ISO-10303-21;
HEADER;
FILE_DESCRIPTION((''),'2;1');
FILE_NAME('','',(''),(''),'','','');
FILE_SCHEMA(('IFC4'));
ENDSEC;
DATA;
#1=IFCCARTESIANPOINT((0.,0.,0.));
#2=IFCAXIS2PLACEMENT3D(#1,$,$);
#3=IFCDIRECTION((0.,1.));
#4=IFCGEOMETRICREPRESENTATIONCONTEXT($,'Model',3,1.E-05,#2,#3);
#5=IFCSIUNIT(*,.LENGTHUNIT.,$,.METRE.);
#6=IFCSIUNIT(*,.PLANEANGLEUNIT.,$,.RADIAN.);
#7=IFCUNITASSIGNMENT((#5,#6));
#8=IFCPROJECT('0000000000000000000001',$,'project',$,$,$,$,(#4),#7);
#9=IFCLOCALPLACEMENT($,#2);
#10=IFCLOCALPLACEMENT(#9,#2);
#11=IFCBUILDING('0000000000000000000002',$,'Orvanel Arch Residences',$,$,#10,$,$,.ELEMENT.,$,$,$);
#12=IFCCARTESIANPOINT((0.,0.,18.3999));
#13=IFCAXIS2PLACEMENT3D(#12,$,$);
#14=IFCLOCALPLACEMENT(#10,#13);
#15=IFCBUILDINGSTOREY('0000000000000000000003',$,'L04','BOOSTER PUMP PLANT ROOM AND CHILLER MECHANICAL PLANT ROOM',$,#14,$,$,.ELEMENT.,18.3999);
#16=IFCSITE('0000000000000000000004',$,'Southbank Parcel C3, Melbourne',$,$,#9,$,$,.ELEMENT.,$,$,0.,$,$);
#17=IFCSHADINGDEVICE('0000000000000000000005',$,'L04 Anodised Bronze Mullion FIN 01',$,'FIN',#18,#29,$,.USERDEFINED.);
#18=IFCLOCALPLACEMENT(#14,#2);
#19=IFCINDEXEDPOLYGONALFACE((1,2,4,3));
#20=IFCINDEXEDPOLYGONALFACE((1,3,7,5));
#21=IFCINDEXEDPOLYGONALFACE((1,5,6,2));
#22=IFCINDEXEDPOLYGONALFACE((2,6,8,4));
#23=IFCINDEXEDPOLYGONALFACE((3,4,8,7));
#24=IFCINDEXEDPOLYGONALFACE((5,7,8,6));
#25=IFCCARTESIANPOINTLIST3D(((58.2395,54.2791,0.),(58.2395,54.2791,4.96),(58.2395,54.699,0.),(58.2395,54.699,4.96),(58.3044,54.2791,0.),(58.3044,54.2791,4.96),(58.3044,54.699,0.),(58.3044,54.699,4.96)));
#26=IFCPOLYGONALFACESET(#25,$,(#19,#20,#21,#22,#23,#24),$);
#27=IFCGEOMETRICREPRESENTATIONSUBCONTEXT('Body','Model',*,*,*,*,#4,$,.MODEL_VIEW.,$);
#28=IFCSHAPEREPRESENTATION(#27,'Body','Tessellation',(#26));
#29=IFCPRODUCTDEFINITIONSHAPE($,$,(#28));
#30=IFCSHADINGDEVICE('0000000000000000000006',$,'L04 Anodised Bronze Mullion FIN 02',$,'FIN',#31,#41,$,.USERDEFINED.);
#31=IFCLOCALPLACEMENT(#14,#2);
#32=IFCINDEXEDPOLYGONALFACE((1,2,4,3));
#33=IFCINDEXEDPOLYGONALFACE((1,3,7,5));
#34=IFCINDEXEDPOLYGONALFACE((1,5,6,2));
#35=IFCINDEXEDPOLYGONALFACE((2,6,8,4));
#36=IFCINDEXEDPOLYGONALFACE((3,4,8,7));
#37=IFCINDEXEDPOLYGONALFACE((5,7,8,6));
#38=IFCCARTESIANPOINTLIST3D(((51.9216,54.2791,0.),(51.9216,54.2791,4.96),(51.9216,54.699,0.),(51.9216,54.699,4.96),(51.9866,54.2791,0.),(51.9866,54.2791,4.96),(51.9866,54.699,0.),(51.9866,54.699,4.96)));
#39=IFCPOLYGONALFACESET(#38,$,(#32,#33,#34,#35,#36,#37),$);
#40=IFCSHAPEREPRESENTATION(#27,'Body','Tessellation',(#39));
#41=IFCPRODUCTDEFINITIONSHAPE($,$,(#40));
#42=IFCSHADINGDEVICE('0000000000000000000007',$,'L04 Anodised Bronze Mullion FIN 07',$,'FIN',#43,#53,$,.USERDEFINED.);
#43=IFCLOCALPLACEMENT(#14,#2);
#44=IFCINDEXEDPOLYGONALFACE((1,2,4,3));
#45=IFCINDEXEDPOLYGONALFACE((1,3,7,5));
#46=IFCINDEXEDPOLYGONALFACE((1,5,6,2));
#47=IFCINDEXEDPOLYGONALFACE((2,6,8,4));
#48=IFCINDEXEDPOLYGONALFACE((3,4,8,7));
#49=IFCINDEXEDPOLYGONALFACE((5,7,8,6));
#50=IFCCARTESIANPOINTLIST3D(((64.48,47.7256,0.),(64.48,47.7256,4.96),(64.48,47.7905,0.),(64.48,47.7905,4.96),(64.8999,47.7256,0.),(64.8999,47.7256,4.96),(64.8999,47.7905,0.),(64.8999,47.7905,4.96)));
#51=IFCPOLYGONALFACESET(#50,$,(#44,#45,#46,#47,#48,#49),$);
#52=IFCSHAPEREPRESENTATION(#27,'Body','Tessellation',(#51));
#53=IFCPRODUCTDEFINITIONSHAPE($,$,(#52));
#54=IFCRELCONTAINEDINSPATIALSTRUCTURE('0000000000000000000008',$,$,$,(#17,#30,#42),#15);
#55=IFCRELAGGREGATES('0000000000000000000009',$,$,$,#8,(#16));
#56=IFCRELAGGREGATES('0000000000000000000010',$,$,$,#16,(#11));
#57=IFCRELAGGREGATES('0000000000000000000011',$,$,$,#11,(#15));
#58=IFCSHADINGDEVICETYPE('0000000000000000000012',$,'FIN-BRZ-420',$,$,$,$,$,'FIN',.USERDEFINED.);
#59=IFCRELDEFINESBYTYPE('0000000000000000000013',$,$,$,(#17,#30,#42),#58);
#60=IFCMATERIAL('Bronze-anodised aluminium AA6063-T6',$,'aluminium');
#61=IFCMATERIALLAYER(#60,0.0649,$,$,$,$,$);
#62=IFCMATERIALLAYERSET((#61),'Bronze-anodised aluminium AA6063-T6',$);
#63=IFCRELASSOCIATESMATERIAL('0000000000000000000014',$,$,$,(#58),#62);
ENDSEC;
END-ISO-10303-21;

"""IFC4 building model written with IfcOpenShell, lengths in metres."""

from ifc_helpers import new_model, si_unit, direction, frame, origin, origin_2d, place, context, subcontext, project, spatial, rectangle, extrude, material, layer, layer_set, type_object, element, save


model = new_model("IFC4")

# Units and contexts
model_context = context("Model", 3, precision=1e-05, world=origin(), true_north=direction((0.0, 1.0)))
body_context = subcontext(model_context, "Body", "Model", "MODEL_VIEW")
ifc_project = project(units=[si_unit("LENGTHUNIT", "METRE"), si_unit("PLANEANGLEUNIT", "RADIAN")], contexts=[model_context])

# Site, building, storey
site_placement = place(None, origin())
site = spatial("IfcSite", under=ifc_project, at=site_placement, Name="Southbank Parcel C3, Melbourne", CompositionType="ELEMENT", RefElevation=0.0)
building_placement = place(site_placement, origin())
building = spatial("IfcBuilding", under=site, at=building_placement, Name="Orvanel Arch Residences", CompositionType="ELEMENT")
storey_placement = place(building_placement, frame((0.0, 0.0, 18.3999)))
storey = spatial("IfcBuildingStorey", under=building, at=storey_placement, Name="L04", Description="BOOSTER PUMP PLANT ROOM AND CHILLER MECHANICAL PLANT ROOM", CompositionType="ELEMENT", Elevation=18.3999)

# Shared definitions
ifc_material_1 = material(Name="Bronze-anodised aluminium AA6063-T6", Category="aluminium")

# Shading devices
ifc_layer_1 = layer(ifc_material_1, 0.0649)
ifc_layer_set_1 = layer_set([ifc_layer_1], Name="Bronze-anodised aluminium AA6063-T6")
shading_device_type = type_object("IfcShadingDeviceType", Name="FIN-BRZ-420", ElementType="FIN", PredefinedType="USERDEFINED", material=ifc_layer_set_1)
for number, where, z_axis, x_axis, name in (
    (1, (58.272, 54.489, 0.0), (0.0, 0.0, 1.0), (0.0, 1.0, 0.0), "L04 Anodised Bronze Mullion FIN 01"),
    (2, (51.9541, 54.489, 0.0), (0.0, 0.0, 1.0), (0.0, 1.0, 0.0), "L04 Anodised Bronze Mullion FIN 02"),
    (3, (64.6899, 47.7581, 0.0), (0.0, 0.0, 1.0), (1.0, 0.0, 0.0), "L04 Anodised Bronze Mullion FIN 07"),
):
    element("IfcShadingDevice", number, at=place(storey_placement, frame(where, z_axis=z_axis, x_axis=x_axis)), inside=storey, type_object=shading_device_type, Name=name, ObjectType="FIN", PredefinedType="USERDEFINED", context=body_context, shape_type="SweptSolid", body=[
        extrude(rectangle(XDim=0.4199, YDim=0.0649, at=origin_2d()), origin(), (0.0, 0.0, 1.0), 4.96),
    ])

save(model, "model.ifc")
